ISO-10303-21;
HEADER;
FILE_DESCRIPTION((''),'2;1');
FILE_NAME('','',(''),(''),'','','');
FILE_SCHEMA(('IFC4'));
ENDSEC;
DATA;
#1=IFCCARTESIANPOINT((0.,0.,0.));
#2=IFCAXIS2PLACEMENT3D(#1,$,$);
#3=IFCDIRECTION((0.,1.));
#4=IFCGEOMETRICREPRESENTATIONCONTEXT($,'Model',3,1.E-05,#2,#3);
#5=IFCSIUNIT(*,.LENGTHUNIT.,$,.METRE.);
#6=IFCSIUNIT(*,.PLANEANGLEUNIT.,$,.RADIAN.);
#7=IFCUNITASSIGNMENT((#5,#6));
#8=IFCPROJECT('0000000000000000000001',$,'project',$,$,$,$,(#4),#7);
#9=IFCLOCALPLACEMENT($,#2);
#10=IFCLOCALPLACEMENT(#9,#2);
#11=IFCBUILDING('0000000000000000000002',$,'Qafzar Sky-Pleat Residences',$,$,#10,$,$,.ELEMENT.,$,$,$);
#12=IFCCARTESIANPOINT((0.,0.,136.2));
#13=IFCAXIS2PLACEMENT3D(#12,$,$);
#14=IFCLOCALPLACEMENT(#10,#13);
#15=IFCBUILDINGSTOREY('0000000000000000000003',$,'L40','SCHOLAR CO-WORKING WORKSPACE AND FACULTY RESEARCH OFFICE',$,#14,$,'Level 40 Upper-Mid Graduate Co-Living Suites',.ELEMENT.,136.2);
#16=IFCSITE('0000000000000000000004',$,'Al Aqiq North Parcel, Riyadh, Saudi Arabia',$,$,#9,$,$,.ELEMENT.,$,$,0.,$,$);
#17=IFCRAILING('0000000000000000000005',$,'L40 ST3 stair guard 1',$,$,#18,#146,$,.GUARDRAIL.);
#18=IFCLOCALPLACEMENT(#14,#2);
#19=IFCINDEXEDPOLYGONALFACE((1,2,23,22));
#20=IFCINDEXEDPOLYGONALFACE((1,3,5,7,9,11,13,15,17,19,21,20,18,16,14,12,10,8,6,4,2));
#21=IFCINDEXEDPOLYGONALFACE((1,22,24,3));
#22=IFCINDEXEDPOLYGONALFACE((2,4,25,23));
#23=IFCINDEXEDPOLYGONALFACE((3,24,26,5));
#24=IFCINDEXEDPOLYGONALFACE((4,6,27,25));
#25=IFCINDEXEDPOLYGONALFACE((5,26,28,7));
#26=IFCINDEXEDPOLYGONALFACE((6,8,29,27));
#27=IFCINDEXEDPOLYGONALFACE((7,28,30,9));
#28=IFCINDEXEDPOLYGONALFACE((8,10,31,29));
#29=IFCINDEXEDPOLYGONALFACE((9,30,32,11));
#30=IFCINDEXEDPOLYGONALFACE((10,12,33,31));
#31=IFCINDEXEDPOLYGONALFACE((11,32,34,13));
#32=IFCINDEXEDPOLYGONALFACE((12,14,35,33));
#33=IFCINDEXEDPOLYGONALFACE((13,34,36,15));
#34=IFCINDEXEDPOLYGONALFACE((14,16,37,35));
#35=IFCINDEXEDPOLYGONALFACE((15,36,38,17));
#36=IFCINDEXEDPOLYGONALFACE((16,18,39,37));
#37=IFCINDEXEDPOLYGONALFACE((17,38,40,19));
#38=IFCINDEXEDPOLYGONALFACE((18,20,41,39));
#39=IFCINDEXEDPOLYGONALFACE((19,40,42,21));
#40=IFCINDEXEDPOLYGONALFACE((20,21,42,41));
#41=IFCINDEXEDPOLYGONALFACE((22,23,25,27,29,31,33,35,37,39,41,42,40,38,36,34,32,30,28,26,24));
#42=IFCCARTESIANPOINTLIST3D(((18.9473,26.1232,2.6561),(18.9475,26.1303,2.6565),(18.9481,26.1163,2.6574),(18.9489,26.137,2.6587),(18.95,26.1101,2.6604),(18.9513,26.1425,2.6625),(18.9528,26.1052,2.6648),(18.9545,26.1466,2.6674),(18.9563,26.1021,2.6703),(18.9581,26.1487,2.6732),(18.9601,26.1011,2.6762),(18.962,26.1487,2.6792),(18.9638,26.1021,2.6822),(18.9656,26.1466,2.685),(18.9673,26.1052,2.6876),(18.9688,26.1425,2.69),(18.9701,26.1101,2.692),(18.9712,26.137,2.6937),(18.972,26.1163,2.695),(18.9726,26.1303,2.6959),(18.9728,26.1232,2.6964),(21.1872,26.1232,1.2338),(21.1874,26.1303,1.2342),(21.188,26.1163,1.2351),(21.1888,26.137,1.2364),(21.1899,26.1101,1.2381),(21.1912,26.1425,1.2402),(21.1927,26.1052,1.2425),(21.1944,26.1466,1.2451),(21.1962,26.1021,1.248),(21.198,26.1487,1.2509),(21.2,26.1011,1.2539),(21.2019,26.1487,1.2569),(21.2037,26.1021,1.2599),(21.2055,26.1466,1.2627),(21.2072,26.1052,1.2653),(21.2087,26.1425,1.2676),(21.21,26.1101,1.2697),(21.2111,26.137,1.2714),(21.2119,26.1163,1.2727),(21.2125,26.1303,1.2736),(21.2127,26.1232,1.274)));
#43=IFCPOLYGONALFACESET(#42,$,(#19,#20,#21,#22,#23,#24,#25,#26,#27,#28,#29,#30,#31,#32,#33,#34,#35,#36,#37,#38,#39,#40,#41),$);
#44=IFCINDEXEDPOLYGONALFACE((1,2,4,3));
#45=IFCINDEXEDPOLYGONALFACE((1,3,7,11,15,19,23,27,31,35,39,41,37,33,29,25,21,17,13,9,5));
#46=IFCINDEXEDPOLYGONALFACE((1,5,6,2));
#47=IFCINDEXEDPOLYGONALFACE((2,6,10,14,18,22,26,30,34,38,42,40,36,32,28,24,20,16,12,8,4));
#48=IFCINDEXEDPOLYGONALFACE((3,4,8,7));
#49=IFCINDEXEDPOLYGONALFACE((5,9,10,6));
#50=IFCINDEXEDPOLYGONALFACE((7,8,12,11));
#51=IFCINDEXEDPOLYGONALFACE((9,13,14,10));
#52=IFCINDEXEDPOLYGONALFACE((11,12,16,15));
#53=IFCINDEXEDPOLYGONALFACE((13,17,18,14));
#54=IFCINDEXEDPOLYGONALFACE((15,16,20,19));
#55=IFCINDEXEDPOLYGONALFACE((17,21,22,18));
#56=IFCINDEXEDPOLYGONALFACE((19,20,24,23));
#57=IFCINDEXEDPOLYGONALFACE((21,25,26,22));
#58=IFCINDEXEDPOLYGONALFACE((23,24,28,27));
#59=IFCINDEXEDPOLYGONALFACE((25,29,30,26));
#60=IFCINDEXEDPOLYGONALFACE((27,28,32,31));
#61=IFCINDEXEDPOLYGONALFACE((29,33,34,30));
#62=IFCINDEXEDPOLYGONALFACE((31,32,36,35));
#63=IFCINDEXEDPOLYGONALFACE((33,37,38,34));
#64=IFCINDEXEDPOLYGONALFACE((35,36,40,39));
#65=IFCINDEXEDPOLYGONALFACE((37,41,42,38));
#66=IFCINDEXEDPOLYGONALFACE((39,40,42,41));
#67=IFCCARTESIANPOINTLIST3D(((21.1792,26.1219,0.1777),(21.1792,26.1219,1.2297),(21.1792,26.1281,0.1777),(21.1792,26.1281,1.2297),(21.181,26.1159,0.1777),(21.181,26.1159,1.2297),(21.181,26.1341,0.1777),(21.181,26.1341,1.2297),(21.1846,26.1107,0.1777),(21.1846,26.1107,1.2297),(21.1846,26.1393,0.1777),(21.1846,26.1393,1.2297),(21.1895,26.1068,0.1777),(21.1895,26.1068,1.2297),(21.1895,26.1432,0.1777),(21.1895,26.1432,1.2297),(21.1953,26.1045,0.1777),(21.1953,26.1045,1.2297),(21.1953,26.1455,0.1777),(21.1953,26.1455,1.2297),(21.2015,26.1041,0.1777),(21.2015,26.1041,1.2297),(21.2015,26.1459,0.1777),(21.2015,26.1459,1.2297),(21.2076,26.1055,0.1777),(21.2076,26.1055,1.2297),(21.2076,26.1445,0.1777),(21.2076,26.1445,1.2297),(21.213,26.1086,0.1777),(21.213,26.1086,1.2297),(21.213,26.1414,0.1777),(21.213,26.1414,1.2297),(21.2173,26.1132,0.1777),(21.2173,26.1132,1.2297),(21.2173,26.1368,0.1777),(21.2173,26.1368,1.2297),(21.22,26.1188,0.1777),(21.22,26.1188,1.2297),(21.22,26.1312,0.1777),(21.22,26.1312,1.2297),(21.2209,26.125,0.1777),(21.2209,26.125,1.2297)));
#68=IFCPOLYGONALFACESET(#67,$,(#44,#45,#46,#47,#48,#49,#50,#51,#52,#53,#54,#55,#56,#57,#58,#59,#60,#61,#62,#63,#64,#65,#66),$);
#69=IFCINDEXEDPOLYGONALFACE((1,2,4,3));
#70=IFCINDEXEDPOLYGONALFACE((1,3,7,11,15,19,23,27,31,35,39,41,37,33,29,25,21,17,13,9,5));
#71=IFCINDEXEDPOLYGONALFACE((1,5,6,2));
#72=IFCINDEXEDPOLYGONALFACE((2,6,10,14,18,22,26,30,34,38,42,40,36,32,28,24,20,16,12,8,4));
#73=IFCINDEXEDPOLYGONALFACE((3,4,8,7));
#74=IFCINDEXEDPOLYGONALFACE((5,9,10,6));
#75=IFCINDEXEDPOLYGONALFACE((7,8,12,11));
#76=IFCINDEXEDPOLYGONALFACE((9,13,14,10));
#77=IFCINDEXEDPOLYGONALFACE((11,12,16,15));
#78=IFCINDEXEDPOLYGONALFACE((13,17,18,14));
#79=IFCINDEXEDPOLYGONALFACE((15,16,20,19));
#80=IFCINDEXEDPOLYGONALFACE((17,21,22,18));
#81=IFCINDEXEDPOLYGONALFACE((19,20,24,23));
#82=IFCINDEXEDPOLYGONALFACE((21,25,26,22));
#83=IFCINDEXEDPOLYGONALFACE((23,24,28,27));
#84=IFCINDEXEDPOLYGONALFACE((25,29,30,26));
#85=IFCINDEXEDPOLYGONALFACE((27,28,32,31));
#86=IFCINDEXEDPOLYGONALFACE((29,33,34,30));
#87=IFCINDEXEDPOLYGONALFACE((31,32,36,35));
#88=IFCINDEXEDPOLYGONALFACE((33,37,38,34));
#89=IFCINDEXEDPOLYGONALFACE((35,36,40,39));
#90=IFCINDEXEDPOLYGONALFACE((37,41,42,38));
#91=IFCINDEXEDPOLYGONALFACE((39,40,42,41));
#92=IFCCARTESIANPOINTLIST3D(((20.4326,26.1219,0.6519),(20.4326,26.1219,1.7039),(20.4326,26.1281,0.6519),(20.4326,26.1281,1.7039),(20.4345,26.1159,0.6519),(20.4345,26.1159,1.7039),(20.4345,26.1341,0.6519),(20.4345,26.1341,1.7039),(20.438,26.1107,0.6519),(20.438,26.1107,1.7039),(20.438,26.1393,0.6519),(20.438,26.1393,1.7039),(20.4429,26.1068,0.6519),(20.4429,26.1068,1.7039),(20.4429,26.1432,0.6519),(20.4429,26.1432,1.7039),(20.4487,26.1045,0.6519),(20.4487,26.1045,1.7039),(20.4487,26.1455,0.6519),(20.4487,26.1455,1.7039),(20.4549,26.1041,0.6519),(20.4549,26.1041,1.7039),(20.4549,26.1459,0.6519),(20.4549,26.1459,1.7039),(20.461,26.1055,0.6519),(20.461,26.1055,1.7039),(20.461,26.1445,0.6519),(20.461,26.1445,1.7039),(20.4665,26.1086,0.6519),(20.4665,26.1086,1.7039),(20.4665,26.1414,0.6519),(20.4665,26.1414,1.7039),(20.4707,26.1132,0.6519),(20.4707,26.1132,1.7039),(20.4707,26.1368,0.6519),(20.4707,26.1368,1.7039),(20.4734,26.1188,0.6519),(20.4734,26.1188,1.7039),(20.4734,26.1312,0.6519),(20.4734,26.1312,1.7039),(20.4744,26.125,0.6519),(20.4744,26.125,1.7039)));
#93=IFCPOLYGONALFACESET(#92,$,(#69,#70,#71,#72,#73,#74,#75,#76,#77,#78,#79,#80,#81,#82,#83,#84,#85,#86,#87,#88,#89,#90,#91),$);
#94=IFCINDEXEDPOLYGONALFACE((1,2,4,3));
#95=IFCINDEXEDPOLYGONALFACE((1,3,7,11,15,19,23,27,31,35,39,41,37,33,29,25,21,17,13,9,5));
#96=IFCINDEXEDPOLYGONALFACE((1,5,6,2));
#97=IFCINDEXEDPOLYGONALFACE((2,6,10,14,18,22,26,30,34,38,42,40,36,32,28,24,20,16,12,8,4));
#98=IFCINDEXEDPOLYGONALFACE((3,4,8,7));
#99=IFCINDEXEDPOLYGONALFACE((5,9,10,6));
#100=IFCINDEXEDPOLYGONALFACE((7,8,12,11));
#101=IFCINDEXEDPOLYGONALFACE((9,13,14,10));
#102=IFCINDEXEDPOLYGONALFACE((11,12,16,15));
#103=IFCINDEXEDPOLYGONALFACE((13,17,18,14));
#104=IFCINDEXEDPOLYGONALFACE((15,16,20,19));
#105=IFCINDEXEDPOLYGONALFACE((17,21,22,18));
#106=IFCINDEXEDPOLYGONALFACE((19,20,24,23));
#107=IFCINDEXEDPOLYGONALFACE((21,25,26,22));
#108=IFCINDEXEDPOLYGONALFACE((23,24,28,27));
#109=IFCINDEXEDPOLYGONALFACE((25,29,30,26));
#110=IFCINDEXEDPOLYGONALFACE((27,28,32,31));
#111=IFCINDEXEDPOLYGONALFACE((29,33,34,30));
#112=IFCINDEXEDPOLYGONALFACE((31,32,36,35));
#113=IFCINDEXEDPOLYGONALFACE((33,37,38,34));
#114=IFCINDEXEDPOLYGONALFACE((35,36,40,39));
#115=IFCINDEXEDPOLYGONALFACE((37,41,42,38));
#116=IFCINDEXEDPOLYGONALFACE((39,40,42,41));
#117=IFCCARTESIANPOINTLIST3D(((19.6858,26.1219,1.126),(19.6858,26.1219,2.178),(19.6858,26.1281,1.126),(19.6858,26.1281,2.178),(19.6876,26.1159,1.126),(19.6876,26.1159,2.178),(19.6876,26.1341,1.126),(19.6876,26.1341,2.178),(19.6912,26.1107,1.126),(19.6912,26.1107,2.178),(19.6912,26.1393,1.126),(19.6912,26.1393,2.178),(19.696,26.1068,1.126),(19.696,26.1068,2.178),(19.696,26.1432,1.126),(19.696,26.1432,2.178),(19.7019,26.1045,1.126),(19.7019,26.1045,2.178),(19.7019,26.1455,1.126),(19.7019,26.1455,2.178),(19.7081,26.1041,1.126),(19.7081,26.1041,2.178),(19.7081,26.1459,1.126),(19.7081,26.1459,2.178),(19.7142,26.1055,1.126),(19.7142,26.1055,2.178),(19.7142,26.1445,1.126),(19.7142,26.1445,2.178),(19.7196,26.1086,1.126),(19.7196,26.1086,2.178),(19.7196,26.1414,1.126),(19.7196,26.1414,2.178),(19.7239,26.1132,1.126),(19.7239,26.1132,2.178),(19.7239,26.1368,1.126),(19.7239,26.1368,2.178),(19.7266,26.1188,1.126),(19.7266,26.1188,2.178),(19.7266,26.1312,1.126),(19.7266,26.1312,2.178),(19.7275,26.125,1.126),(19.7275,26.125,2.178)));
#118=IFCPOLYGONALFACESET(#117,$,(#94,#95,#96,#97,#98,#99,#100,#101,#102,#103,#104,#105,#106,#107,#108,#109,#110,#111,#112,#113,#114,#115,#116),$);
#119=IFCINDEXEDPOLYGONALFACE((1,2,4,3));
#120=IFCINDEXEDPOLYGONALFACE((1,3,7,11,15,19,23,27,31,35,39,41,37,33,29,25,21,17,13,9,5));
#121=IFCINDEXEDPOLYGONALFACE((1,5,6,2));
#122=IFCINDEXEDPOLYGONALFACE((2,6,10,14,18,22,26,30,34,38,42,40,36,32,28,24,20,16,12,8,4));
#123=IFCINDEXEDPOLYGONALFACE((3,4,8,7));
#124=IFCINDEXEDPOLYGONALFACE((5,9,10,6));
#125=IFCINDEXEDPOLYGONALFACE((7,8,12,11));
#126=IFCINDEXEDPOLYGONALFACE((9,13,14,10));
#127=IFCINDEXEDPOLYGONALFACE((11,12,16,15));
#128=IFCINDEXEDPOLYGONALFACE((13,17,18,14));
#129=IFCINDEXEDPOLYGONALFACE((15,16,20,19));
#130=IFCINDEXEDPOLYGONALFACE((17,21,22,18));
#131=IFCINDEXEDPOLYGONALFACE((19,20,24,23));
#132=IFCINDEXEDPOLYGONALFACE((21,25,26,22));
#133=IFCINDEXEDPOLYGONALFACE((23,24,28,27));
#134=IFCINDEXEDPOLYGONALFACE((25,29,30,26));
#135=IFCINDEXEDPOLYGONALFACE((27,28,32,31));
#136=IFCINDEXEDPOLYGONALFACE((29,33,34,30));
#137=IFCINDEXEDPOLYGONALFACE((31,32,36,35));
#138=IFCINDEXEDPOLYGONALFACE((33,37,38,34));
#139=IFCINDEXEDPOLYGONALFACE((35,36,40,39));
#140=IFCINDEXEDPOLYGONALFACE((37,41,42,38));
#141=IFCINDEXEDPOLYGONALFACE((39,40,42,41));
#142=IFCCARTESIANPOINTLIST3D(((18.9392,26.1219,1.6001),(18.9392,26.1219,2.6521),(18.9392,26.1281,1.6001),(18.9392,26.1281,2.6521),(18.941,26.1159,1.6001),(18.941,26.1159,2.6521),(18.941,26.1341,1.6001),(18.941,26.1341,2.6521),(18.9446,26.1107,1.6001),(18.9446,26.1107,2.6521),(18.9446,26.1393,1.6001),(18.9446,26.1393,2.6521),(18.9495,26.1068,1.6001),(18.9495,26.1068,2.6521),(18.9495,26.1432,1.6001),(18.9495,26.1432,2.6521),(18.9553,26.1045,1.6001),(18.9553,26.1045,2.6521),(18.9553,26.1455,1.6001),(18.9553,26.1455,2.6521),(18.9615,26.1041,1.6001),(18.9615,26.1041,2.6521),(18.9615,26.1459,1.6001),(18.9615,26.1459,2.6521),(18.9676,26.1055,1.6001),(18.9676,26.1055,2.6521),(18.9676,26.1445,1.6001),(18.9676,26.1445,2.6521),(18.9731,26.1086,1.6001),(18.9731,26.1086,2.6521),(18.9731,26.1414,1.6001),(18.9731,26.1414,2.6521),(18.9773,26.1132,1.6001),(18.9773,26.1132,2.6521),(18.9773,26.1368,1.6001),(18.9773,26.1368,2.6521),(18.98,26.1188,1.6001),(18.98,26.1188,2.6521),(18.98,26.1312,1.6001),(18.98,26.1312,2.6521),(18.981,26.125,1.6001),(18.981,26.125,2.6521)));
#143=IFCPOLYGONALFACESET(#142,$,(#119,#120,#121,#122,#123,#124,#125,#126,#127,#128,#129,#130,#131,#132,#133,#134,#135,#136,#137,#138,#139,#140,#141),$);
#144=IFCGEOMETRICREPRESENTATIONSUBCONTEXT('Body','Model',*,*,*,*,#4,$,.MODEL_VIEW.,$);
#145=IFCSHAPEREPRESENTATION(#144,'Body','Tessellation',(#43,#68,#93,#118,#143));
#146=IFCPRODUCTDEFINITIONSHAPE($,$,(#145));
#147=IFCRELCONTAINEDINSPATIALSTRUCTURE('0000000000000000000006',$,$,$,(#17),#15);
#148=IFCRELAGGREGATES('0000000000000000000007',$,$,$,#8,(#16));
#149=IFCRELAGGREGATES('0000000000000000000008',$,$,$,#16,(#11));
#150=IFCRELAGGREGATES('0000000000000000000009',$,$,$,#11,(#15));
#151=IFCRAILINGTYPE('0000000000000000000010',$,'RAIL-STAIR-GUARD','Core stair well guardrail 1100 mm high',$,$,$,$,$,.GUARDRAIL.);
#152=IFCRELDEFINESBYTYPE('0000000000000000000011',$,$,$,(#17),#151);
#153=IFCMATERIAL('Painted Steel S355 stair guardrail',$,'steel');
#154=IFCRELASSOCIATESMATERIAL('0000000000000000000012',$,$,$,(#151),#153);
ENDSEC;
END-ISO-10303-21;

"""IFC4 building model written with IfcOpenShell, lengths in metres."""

from ifc_helpers import new_model, si_unit, direction, frame, origin, origin_2d, place, context, subcontext, project, spatial, circle, extrude, source, transform, mapped, material, type_object, element, save


model = new_model("IFC4")

# Units and contexts
model_context = context("Model", 3, precision=1e-05, world=origin(), true_north=direction((0.0, 1.0)))
body_context = subcontext(model_context, "Body", "Model", "MODEL_VIEW")
ifc_project = project(units=[si_unit("LENGTHUNIT", "METRE"), si_unit("PLANEANGLEUNIT", "RADIAN")], contexts=[model_context])

# Site, building, storey
site_placement = place(None, origin())
site = spatial("IfcSite", under=ifc_project, at=site_placement, Name="Al Aqiq North Parcel, Riyadh, Saudi Arabia", CompositionType="ELEMENT", RefElevation=0.0)
building_placement = place(site_placement, origin())
building = spatial("IfcBuilding", under=site, at=building_placement, Name="Qafzar Sky-Pleat Residences", CompositionType="ELEMENT")
storey_placement = place(building_placement, frame((0.0, 0.0, 136.2)))
storey = spatial("IfcBuildingStorey", under=building, at=storey_placement, Name="L40", Description="SCHOLAR CO-WORKING WORKSPACE AND FACULTY RESEARCH OFFICE", LongName="Level 40 Upper-Mid Graduate Co-Living Suites", CompositionType="ELEMENT", Elevation=136.2)

# Railing
ifc_material_1 = material(Name="Painted Steel S355 stair guardrail", Category="steel")
railing_type_1 = type_object("IfcRailingType", Name="RAIL-STAIR-GUARD", Description="Core stair well guardrail 1100 mm high", PredefinedType="GUARDRAIL", material=ifc_material_1)
shared_shape_1 = source(origin(), body_context, "Body", "SweptSolid", [
    extrude(circle(Radius=0.0239, at=origin_2d()), frame((0.0, 0.0, 1.0762), z_axis=(-0.844188, 0.0, 0.536048), x_axis=(0.0, -1.0, 0.0)), (0.0, 0.0, 1.0), 2.6533),
    extrude(circle(Radius=0.021, at=origin_2d()), origin(), (0.0, 0.0, 1.0), 1.052),
    extrude(circle(Radius=0.021, at=origin_2d()), frame((-0.7466, 0.0, 0.4741)), (0.0, 0.0, 1.0), 1.052),
    extrude(circle(Radius=0.021, at=origin_2d()), frame((-1.4934, 0.0, 0.9482)), (0.0, 0.0, 1.0), 1.052),
    extrude(circle(Radius=0.021, at=origin_2d()), frame((-2.24, 0.0, 1.4224)), (0.0, 0.0, 1.0), 1.052),
])
railing_1_placement = place(storey_placement, frame((21.2, 26.125, 0.1777)))
element("IfcRailing", 1, at=railing_1_placement, inside=storey, type_object=railing_type_1, Name="L40 ST3 stair guard 1", PredefinedType="GUARDRAIL", context=body_context, shape_type="MappedRepresentation", body=[
    mapped(shared_shape_1, transform((0.0, 0.0, 0.0), x_axis=(1.0, 0.0, 0.0), y_axis=(0.0, 1.0, 0.0), z_axis=(0.0, 0.0, 1.0), scale=1.0)),
])

save(model, "model.ifc")
